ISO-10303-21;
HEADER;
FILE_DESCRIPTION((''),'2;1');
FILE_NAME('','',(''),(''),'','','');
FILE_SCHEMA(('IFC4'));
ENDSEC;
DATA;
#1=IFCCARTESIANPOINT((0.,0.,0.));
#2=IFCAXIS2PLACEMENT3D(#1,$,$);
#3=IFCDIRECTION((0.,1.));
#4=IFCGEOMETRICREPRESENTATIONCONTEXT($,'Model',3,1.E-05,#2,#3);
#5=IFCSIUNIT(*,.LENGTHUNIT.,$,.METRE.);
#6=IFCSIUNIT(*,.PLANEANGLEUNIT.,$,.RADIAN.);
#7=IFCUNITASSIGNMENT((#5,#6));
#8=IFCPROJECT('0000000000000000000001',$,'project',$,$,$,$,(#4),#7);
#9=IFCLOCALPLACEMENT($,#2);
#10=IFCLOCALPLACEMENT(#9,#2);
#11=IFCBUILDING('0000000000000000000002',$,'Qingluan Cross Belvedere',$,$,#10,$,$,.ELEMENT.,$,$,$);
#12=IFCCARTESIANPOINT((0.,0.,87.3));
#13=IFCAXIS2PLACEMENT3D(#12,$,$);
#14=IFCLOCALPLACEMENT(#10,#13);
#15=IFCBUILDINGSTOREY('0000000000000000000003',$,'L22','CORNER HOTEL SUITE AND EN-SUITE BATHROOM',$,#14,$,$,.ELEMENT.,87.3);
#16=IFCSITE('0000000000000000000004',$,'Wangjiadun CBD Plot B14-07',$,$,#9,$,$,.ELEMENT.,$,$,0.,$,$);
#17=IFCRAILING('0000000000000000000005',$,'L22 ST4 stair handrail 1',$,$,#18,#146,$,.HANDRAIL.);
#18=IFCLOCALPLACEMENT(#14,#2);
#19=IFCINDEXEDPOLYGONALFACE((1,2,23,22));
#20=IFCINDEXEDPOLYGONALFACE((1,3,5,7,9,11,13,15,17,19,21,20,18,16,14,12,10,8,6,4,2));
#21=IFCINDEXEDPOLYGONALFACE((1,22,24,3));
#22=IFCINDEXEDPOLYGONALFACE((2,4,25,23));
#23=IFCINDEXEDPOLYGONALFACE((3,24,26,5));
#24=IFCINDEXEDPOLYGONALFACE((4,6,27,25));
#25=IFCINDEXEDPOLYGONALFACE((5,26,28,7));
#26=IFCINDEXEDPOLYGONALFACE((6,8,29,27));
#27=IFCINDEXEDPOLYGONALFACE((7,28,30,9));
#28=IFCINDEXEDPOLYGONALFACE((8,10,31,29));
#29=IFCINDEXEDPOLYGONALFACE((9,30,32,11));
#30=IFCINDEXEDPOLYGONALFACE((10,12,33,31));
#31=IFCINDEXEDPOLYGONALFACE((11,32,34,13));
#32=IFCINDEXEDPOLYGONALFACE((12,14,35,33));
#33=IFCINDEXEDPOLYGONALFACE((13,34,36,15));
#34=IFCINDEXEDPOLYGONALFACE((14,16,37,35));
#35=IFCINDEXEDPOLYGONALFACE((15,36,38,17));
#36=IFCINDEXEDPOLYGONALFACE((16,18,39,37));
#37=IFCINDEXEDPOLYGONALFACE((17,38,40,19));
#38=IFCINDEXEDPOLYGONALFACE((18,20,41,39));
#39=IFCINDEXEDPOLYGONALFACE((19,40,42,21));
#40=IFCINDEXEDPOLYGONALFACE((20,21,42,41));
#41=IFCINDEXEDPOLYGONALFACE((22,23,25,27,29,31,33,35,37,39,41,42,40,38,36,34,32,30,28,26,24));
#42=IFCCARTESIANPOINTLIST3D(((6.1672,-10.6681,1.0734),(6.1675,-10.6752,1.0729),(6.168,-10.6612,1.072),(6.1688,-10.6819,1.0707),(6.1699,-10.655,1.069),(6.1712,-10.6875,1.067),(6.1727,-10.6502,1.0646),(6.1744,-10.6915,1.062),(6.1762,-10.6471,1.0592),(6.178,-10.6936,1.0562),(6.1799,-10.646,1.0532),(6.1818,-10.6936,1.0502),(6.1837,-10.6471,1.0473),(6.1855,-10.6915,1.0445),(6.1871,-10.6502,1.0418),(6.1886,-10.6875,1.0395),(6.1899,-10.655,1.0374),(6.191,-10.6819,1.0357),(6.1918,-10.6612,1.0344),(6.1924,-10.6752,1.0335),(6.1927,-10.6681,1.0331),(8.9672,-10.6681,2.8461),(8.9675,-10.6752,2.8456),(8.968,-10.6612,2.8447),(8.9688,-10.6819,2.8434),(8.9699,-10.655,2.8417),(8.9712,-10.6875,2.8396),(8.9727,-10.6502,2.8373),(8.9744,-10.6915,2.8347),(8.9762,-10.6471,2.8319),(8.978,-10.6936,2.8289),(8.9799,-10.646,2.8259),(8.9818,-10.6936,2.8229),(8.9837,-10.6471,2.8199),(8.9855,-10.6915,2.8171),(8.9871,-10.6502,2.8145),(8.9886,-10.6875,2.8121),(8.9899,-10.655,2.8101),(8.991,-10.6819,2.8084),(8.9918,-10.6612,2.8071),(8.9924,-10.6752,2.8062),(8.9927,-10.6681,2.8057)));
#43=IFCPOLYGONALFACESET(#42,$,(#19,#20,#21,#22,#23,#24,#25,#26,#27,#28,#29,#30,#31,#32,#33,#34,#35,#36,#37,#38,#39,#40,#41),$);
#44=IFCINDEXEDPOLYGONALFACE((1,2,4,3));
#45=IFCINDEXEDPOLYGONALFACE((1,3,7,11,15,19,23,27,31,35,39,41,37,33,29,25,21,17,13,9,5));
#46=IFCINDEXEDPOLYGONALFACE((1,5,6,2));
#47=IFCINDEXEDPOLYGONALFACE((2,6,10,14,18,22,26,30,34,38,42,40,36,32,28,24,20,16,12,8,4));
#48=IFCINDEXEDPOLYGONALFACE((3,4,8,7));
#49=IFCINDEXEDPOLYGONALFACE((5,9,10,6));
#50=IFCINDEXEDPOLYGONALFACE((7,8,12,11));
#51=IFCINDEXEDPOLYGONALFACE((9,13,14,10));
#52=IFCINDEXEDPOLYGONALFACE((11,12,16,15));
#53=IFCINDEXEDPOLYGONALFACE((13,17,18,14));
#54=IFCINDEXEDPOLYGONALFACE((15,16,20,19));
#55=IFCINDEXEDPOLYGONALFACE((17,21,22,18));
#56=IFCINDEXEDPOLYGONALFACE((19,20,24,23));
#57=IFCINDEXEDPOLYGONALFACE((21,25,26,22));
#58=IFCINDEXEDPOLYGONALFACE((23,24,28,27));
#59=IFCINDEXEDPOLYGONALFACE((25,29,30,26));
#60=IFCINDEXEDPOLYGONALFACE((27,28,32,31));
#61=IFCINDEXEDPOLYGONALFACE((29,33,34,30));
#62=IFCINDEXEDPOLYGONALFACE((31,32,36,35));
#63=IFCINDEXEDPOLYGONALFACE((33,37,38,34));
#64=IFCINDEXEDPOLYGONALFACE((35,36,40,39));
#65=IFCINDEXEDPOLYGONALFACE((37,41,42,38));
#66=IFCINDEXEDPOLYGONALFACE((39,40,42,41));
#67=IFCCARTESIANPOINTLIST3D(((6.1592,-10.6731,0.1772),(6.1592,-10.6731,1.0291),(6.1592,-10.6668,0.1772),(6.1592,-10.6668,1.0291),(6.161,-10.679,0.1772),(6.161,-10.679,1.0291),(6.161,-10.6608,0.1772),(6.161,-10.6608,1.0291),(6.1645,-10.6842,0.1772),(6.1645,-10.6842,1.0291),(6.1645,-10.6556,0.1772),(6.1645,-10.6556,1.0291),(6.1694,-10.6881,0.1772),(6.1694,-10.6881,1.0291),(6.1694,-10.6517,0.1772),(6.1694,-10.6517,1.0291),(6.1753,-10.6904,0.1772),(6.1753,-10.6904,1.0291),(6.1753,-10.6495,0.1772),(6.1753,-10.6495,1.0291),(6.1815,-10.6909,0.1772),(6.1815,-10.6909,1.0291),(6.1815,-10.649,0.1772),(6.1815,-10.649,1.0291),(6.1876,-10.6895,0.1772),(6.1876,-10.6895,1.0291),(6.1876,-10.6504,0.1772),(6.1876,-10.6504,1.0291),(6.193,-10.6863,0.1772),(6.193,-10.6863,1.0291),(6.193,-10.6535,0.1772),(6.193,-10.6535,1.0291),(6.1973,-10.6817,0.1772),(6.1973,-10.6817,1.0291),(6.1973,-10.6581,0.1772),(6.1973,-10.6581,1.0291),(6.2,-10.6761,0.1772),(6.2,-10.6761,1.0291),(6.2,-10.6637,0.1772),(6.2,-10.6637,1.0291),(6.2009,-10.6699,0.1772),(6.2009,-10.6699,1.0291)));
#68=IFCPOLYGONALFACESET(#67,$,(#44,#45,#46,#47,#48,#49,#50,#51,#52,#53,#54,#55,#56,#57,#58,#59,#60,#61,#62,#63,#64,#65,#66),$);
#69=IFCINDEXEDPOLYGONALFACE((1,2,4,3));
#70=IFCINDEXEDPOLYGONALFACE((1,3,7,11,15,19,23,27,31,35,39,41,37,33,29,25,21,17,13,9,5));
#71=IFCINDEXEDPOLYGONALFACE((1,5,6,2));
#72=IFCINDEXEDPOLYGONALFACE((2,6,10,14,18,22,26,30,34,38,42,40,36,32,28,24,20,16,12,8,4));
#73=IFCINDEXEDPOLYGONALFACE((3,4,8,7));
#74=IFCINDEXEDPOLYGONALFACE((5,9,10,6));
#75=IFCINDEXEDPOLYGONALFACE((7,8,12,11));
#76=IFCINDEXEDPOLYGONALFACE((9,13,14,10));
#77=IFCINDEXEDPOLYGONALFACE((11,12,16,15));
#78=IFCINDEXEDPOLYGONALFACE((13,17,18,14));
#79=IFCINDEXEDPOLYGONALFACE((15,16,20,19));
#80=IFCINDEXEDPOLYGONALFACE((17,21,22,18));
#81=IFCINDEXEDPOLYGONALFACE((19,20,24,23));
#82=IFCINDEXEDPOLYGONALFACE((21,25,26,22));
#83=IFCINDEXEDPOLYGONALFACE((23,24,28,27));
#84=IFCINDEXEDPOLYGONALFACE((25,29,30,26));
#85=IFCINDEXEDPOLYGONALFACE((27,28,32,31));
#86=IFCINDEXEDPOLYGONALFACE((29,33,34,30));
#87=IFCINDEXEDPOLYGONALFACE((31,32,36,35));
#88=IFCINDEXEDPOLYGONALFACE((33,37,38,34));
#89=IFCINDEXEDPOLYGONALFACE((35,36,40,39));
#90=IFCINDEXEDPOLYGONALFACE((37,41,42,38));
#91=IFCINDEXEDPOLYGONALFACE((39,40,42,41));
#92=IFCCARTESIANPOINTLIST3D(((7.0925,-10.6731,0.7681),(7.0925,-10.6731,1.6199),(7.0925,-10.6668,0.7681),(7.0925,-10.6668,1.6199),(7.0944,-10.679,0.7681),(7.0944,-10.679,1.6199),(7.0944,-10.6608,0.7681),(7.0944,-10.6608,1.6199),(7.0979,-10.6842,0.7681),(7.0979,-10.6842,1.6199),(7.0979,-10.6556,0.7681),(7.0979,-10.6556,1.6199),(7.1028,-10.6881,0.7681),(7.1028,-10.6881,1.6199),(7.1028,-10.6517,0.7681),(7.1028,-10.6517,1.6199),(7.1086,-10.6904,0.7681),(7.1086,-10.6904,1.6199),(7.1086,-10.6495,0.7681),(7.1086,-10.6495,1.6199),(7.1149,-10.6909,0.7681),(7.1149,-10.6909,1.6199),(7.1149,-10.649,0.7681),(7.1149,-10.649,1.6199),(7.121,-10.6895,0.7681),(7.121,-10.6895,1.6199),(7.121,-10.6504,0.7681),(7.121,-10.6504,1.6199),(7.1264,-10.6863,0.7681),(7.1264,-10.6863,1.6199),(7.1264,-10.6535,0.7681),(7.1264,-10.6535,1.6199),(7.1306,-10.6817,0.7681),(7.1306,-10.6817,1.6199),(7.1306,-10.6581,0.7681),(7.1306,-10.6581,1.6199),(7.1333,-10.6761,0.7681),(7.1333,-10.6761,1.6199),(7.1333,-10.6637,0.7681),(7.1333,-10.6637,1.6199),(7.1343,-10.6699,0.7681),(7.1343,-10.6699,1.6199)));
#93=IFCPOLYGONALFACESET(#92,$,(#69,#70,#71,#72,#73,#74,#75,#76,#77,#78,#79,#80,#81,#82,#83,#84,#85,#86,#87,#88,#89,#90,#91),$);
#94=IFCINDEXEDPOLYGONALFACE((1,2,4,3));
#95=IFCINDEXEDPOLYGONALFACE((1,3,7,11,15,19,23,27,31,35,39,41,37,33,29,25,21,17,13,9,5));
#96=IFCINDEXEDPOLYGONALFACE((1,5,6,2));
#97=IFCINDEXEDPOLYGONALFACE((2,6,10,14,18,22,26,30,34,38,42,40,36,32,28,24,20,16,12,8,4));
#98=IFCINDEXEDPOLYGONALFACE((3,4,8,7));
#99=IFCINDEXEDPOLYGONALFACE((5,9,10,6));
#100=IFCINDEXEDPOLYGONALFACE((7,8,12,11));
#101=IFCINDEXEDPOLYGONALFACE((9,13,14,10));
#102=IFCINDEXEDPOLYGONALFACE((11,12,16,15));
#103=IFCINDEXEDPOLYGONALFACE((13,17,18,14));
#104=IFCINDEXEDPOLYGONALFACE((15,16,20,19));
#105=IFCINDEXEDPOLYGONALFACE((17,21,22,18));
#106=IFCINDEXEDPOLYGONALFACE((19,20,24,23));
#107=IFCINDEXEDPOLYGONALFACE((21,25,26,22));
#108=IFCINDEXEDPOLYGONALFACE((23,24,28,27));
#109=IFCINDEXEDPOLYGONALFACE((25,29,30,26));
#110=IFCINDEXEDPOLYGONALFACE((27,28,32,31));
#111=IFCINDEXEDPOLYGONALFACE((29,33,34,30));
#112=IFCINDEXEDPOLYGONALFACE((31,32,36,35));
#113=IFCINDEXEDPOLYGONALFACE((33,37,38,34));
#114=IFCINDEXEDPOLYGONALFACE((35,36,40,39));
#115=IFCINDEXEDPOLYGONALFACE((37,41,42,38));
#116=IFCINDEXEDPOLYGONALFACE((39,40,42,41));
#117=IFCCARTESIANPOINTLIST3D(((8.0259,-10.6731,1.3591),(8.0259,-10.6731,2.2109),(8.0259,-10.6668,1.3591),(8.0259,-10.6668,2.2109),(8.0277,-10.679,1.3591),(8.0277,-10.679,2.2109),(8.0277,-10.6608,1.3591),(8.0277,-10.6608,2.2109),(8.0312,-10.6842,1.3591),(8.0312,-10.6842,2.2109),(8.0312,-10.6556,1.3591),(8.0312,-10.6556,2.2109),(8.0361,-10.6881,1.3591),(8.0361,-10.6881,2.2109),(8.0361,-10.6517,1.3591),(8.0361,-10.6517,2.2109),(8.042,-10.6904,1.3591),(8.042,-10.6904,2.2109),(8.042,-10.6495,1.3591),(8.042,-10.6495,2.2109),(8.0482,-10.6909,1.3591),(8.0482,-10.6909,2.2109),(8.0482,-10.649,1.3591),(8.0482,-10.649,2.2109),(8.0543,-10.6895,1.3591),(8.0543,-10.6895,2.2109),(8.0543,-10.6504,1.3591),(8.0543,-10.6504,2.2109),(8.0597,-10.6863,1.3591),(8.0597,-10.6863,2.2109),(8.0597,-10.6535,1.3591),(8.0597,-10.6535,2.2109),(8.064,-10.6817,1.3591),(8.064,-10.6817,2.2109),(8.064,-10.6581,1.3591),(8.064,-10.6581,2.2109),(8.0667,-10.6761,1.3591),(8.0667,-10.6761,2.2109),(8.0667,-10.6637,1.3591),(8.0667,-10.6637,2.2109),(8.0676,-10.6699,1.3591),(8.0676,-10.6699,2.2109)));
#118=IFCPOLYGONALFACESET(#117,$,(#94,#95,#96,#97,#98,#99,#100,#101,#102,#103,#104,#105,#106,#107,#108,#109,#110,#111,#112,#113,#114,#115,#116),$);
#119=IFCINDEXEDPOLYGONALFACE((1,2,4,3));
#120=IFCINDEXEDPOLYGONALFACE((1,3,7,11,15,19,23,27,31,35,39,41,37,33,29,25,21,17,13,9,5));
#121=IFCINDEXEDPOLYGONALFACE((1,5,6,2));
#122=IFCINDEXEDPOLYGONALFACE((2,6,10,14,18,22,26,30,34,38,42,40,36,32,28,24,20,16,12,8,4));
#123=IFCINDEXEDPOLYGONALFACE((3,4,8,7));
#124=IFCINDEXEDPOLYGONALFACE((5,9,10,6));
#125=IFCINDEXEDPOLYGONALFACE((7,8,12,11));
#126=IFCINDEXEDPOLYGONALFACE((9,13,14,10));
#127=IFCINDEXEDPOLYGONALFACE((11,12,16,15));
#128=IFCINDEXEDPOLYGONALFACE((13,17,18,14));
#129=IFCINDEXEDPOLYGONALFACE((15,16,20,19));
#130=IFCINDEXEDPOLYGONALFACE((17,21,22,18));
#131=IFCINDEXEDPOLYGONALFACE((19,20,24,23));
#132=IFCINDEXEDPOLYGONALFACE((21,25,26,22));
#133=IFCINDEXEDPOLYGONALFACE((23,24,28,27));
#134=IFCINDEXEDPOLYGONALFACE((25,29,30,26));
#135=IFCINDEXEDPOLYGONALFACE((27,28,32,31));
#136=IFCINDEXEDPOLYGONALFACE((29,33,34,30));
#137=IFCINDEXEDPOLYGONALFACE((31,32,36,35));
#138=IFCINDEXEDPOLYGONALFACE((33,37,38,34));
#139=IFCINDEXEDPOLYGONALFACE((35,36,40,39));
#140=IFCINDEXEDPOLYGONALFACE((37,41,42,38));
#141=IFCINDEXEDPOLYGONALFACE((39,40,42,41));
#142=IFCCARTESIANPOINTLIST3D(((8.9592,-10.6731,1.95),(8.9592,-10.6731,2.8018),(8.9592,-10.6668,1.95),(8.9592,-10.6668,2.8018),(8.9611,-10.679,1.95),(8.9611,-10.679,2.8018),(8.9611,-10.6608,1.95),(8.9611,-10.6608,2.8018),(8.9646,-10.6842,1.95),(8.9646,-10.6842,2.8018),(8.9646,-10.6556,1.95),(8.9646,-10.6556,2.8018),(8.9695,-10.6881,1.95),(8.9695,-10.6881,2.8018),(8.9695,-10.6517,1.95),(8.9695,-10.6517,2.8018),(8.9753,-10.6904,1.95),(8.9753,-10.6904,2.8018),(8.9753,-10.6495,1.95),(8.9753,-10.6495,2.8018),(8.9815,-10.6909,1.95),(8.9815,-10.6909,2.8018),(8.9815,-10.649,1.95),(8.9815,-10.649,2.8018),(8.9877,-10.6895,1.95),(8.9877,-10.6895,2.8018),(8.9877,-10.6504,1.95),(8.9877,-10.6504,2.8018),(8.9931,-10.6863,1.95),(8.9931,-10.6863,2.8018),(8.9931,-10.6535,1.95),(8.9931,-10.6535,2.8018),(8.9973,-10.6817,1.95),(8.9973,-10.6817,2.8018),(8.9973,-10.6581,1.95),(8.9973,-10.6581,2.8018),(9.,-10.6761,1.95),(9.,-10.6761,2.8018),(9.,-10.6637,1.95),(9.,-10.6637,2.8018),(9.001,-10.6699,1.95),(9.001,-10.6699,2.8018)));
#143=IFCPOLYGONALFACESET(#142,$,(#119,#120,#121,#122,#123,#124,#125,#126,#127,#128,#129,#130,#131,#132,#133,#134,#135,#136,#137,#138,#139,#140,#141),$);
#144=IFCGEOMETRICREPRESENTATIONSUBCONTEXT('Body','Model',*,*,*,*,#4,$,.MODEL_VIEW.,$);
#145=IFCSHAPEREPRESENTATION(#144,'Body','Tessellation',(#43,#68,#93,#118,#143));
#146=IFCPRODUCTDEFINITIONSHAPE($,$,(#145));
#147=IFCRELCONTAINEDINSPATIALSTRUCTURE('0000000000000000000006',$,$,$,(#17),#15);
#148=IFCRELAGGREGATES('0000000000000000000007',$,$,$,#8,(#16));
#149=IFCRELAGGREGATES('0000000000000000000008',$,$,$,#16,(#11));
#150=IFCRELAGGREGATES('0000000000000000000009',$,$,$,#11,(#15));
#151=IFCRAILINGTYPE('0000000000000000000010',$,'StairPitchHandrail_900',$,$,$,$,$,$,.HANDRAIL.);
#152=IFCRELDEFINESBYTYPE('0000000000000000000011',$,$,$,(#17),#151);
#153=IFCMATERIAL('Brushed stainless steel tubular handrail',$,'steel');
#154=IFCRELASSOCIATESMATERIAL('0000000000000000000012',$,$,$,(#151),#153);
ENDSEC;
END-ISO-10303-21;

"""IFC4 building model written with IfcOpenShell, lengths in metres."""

from ifc_helpers import new_model, si_unit, direction, frame, origin, origin_2d, place, context, subcontext, project, spatial, circle, extrude, material, type_object, element, save


model = new_model("IFC4")

# Units and contexts
model_context = context("Model", 3, precision=1e-05, world=origin(), true_north=direction((0.0, 1.0)))
body_context = subcontext(model_context, "Body", "Model", "MODEL_VIEW")
ifc_project = project(units=[si_unit("LENGTHUNIT", "METRE"), si_unit("PLANEANGLEUNIT", "RADIAN")], contexts=[model_context])

# Site, building, storey
site_placement = place(None, origin())
site = spatial("IfcSite", under=ifc_project, at=site_placement, Name="Wangjiadun CBD Plot B14-07", CompositionType="ELEMENT", RefElevation=0.0)
building_placement = place(site_placement, origin())
building = spatial("IfcBuilding", under=site, at=building_placement, Name="Qingluan Cross Belvedere", CompositionType="ELEMENT")
storey_placement = place(building_placement, frame((0.0, 0.0, 87.3)))
storey = spatial("IfcBuildingStorey", under=building, at=storey_placement, Name="L22", Description="CORNER HOTEL SUITE AND EN-SUITE BATHROOM", CompositionType="ELEMENT", Elevation=87.3)

# Railing
ifc_material_1 = material(Name="Brushed stainless steel tubular handrail", Category="steel")
railing_type_1 = type_object("IfcRailingType", Name="StairPitchHandrail_900", PredefinedType="HANDRAIL", material=ifc_material_1)
for number, where, name in (
    (1, (6.1799, -10.6699, 0.1772), "L22 ST4 stair handrail 1"),
):
    element("IfcRailing", number, at=place(storey_placement, frame(where)), inside=storey, type_object=railing_type_1, Name=name, PredefinedType="HANDRAIL", context=body_context, shape_type="SweptSolid", body=[
        extrude(circle(Radius=0.0239, at=origin_2d()), frame((0.0, 0.0, 0.876), z_axis=(0.844909, 0.0, 0.53491), x_axis=(0.0, 1.0, 0.0)), (0.0, 0.0, 1.0), 3.314),
        extrude(circle(Radius=0.021, at=origin_2d()), origin(), (0.0, 0.0, 1.0), 0.8518),
        extrude(circle(Radius=0.021, at=origin_2d()), frame((0.9333, 0.0, 0.5908)), (0.0, 0.0, 1.0), 0.8518),
        extrude(circle(Radius=0.021, at=origin_2d()), frame((1.8667, 0.0, 1.1819)), (0.0, 0.0, 1.0), 0.8518),
        extrude(circle(Radius=0.021, at=origin_2d()), frame((2.8, 0.0, 1.7727)), (0.0, 0.0, 1.0), 0.8518),
    ])

save(model, "model.ifc")
